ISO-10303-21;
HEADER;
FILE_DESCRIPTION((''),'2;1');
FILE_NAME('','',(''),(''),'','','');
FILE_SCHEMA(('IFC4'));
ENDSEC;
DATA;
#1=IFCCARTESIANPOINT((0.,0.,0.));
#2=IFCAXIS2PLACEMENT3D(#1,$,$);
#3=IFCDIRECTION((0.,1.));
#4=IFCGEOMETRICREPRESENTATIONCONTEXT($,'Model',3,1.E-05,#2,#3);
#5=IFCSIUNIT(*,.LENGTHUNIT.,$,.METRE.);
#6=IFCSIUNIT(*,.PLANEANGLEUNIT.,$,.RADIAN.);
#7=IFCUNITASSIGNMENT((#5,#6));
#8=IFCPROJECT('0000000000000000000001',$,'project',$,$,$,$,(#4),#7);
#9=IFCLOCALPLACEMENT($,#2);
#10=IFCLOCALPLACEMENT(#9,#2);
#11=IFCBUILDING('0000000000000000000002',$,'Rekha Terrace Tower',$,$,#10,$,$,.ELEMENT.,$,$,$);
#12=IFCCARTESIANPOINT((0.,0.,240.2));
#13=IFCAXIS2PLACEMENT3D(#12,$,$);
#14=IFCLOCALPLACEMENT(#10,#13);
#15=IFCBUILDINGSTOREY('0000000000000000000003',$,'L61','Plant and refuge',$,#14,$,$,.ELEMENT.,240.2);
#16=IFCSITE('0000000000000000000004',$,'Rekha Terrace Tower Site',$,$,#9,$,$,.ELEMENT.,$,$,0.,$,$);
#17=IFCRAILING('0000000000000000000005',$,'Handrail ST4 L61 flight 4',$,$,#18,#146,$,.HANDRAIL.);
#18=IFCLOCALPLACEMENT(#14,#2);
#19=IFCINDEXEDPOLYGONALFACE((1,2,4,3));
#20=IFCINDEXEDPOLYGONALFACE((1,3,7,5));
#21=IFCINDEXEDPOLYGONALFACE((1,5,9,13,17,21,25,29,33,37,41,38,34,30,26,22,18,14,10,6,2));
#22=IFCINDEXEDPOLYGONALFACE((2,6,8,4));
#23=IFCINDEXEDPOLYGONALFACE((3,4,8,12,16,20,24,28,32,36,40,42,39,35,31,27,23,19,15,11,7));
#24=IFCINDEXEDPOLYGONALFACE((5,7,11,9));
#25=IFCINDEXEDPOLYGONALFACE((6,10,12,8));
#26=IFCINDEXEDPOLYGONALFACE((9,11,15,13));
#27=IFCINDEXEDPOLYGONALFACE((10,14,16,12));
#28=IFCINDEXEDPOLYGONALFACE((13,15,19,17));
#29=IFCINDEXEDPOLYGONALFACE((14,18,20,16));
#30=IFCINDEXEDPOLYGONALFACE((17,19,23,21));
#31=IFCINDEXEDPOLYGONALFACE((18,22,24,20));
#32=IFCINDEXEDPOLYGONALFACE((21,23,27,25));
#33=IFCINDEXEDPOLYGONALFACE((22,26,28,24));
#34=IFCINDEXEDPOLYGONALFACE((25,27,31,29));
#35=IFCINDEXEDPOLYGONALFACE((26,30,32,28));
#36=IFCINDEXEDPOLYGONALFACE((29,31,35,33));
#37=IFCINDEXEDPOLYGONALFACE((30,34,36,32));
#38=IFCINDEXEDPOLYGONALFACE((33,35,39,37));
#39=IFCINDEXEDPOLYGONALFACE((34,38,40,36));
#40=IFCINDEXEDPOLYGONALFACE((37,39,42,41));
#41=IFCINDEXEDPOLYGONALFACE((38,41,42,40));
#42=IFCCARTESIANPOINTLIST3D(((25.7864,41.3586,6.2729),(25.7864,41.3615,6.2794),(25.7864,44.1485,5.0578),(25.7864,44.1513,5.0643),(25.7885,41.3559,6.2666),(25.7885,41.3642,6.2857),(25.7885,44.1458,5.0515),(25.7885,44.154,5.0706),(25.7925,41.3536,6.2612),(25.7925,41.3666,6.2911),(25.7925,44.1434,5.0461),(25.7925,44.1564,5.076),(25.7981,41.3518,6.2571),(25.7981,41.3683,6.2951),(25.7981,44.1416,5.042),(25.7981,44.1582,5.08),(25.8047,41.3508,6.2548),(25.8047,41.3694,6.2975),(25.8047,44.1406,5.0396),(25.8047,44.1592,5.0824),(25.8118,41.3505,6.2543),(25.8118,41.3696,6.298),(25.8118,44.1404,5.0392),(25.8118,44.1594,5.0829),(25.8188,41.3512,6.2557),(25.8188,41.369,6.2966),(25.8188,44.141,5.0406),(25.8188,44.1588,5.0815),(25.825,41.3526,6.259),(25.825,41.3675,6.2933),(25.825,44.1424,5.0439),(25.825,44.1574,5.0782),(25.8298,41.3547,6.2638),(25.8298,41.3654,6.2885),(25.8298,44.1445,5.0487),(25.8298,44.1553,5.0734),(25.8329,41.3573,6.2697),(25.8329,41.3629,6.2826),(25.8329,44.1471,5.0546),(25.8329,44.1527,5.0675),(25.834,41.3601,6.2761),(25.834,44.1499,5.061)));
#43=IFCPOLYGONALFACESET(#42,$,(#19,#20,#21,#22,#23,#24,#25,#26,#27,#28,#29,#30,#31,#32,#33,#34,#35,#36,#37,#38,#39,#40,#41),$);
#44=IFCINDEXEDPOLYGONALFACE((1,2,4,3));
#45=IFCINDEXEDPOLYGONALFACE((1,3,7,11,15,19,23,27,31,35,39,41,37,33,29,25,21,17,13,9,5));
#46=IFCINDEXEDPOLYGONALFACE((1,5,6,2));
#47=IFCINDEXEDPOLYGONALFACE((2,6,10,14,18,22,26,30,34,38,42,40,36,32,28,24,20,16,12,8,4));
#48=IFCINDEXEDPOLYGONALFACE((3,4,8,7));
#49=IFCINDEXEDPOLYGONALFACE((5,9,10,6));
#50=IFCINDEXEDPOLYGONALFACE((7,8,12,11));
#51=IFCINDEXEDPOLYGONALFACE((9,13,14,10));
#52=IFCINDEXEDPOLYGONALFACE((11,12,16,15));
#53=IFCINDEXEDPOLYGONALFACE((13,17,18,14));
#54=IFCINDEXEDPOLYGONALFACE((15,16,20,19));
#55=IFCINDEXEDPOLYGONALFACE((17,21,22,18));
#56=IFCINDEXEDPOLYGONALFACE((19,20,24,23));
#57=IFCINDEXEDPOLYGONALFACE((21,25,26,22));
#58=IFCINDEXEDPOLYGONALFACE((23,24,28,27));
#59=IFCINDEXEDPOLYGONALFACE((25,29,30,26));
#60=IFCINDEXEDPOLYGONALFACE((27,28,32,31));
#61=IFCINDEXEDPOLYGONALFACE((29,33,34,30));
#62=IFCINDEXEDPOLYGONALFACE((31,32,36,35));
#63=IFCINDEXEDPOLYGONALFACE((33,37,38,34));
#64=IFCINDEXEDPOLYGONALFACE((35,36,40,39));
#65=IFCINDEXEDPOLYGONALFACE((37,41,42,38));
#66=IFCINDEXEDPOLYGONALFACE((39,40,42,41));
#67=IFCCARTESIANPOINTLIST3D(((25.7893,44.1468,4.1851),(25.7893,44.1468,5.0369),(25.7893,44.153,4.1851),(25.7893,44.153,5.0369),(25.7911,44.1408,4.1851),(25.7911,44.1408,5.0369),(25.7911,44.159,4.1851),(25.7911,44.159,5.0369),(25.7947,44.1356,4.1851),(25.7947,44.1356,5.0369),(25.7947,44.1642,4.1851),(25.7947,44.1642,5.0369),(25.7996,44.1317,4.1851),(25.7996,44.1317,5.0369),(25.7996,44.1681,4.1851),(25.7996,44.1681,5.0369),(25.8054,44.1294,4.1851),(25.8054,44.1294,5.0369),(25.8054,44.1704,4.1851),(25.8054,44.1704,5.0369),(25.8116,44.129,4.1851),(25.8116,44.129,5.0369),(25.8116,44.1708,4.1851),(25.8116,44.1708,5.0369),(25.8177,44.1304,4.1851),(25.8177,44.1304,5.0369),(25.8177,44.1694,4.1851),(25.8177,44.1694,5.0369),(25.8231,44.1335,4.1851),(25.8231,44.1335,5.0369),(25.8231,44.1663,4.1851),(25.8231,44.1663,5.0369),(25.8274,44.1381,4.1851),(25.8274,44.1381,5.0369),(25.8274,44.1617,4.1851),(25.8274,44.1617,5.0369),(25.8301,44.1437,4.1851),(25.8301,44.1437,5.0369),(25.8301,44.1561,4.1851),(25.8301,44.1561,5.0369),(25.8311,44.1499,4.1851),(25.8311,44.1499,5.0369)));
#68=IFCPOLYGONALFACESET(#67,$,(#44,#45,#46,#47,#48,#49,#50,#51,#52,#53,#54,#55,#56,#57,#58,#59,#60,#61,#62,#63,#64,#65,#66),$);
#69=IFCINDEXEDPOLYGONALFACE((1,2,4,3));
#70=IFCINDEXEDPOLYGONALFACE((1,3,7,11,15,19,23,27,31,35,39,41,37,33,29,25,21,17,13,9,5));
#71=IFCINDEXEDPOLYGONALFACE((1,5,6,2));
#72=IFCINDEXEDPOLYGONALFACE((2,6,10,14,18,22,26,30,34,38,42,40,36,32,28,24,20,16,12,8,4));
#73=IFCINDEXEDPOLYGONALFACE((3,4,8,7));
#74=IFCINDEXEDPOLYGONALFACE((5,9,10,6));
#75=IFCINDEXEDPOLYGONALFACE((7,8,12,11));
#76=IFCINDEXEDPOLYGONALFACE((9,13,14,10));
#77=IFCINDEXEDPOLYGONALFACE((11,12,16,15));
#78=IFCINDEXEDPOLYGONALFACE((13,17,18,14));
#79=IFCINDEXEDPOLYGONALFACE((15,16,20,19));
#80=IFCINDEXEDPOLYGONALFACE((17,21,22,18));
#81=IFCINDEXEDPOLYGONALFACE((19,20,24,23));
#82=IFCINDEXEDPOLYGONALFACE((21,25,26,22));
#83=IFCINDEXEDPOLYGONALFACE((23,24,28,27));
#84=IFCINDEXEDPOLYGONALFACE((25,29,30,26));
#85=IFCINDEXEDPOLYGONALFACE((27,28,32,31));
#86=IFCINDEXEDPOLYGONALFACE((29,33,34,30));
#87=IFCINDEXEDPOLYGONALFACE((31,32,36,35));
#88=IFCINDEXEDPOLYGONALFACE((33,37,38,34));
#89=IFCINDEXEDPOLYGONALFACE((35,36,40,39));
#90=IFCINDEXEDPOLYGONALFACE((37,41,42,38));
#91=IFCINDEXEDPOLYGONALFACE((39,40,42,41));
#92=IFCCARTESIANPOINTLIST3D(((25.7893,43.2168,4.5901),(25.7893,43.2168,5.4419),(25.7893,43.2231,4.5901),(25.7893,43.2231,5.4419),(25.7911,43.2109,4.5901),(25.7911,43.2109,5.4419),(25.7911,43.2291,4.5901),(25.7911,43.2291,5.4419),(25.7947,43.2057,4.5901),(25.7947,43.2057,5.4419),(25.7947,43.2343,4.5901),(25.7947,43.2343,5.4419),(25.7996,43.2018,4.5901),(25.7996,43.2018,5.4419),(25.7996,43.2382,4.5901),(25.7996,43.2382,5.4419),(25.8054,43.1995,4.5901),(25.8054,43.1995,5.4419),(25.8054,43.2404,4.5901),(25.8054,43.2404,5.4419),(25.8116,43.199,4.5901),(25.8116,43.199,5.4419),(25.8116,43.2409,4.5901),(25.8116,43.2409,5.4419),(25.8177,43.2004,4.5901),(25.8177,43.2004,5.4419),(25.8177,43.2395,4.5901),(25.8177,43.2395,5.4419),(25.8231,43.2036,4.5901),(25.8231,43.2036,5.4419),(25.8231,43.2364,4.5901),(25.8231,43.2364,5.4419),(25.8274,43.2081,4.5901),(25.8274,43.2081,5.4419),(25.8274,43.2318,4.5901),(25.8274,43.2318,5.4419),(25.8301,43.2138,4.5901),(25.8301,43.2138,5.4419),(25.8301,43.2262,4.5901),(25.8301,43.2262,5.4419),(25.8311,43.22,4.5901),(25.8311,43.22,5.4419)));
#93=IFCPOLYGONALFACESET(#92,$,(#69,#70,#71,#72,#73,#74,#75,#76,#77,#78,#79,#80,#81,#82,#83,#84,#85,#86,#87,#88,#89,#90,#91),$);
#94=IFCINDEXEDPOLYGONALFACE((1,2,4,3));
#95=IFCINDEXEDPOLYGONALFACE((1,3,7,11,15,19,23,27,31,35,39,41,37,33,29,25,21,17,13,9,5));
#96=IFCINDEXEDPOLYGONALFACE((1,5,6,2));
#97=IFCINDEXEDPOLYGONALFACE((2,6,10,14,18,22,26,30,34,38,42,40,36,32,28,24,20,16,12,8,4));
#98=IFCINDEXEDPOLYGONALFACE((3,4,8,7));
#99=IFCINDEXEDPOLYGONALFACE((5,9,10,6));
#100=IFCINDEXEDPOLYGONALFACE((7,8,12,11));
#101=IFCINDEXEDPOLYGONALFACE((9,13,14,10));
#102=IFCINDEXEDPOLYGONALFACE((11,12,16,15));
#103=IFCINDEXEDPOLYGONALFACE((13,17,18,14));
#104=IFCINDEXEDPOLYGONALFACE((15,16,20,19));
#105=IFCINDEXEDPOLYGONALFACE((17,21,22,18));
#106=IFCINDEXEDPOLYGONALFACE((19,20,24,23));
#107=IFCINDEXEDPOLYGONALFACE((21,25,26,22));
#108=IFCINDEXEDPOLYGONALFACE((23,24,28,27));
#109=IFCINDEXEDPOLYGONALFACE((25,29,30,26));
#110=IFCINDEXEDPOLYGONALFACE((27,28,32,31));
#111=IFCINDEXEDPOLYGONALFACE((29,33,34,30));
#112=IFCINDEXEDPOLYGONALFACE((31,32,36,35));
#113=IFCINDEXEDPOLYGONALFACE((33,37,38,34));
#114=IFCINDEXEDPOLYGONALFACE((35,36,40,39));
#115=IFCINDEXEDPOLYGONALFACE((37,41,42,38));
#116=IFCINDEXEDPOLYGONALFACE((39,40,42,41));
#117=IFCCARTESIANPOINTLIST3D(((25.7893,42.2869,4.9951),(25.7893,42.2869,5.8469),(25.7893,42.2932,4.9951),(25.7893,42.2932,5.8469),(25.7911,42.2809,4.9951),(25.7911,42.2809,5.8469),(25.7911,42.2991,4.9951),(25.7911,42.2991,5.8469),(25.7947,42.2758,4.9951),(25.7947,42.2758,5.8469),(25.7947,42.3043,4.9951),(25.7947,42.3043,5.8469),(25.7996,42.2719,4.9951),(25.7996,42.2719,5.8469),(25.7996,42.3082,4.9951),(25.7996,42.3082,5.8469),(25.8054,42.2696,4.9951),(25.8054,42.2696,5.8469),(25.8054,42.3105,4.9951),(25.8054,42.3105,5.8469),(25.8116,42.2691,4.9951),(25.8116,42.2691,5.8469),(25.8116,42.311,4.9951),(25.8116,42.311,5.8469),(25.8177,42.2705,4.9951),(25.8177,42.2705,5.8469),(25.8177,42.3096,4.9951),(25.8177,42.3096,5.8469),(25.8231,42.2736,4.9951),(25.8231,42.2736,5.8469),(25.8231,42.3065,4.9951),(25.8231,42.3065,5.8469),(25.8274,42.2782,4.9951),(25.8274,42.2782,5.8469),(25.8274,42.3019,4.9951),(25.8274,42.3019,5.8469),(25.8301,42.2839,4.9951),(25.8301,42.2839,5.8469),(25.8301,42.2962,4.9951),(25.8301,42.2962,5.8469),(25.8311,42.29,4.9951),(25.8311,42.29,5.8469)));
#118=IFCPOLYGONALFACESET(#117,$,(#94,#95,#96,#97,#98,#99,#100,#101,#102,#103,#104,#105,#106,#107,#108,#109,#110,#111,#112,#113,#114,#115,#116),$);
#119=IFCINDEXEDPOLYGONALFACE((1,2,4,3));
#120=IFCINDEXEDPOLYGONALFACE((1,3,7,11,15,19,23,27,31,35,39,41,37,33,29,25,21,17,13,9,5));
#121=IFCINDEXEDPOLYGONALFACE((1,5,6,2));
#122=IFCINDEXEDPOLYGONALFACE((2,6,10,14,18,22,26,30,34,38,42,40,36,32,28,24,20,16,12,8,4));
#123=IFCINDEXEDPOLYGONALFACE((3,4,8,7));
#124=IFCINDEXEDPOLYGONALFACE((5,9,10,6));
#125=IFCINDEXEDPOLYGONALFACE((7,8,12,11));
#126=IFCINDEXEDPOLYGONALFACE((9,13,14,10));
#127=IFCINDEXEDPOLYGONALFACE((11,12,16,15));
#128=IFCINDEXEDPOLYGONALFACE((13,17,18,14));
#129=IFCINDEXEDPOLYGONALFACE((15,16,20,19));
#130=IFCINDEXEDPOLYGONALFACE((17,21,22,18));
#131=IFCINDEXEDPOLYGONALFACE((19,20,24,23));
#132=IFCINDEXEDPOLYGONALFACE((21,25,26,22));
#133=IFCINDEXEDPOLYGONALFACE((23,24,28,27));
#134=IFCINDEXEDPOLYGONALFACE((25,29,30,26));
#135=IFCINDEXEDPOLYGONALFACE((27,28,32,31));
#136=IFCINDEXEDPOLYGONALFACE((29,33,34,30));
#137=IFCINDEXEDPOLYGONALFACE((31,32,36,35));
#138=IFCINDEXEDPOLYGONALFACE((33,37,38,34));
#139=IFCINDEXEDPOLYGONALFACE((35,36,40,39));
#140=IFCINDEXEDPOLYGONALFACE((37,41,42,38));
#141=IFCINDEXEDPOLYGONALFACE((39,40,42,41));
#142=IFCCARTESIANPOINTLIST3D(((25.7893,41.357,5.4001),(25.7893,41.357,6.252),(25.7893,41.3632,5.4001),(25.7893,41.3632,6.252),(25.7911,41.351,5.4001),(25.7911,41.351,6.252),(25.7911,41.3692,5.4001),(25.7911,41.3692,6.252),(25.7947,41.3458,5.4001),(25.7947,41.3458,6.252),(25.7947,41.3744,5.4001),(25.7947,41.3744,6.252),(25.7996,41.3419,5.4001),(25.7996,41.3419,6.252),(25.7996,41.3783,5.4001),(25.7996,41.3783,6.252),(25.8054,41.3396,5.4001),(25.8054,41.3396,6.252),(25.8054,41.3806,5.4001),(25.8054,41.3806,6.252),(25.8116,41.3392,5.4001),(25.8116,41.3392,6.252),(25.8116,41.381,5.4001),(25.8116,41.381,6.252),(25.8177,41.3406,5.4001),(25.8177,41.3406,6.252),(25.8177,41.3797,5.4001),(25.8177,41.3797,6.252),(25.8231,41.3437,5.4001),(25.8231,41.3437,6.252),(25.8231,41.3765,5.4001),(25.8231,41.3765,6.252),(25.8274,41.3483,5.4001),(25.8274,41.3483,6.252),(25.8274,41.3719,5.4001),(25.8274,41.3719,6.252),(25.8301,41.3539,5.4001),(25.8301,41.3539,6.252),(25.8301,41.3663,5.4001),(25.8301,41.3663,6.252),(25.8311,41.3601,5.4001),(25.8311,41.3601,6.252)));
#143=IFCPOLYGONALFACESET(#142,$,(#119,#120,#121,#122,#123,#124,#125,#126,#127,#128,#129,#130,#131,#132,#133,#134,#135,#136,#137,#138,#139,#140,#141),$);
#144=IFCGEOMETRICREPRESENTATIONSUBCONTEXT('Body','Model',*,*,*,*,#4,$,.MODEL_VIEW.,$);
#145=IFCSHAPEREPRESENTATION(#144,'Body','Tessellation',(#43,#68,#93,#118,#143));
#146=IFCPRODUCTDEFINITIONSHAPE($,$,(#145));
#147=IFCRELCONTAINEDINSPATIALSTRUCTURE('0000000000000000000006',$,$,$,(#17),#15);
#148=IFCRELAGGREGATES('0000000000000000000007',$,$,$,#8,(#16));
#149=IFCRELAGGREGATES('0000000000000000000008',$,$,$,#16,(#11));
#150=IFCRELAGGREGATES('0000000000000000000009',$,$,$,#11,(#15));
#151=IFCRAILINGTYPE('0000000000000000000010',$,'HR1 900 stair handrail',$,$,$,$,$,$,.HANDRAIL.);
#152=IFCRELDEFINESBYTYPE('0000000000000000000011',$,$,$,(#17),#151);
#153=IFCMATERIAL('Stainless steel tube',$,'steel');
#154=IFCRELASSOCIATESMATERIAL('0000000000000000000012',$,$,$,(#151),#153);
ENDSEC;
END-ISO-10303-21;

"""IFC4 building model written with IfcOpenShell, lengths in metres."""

from ifc_helpers import new_model, si_unit, direction, frame, origin, origin_2d, place, context, subcontext, project, spatial, circle, extrude, material, type_object, element, save


model = new_model("IFC4")

# Units and contexts
model_context = context("Model", 3, precision=1e-05, world=origin(), true_north=direction((0.0, 1.0)))
body_context = subcontext(model_context, "Body", "Model", "MODEL_VIEW")
ifc_project = project(units=[si_unit("LENGTHUNIT", "METRE"), si_unit("PLANEANGLEUNIT", "RADIAN")], contexts=[model_context])

# Site, building, storey
site_placement = place(None, origin())
site = spatial("IfcSite", under=ifc_project, at=site_placement, Name="Rekha Terrace Tower Site", CompositionType="ELEMENT", RefElevation=0.0)
building_placement = place(site_placement, origin())
building = spatial("IfcBuilding", under=site, at=building_placement, Name="Rekha Terrace Tower", CompositionType="ELEMENT")
storey_placement = place(building_placement, frame((0.0, 0.0, 240.2)))
storey = spatial("IfcBuildingStorey", under=building, at=storey_placement, Name="L61", Description="Plant and refuge", CompositionType="ELEMENT", Elevation=240.2)

# Railing
ifc_material_1 = material(Name="Stainless steel tube", Category="steel")
railing_type_1 = type_object("IfcRailingType", Name="HR1 900 stair handrail", PredefinedType="HANDRAIL", material=ifc_material_1)
railing_1_placement = place(storey_placement, frame((25.8101, 44.1499, 4.1851)))
element("IfcRailing", 1, at=railing_1_placement, inside=storey, type_object=railing_type_1, Name="Handrail ST4 L61 flight 4", PredefinedType="HANDRAIL", context=body_context, shape_type="SweptSolid", body=[
    extrude(circle(Radius=0.0239, at=origin_2d()), frame((0.0, 0.0, 0.876), z_axis=(0.0, -0.916813, 0.399316), x_axis=(1.0, 0.0, 0.0)), (0.0, 0.0, 1.0), 3.043),
    extrude(circle(Radius=0.021, at=origin_2d()), origin(), (0.0, 0.0, 1.0), 0.8518),
    extrude(circle(Radius=0.021, at=origin_2d()), frame((0.0, -0.9299, 0.405)), (0.0, 0.0, 1.0), 0.8518),
    extrude(circle(Radius=0.021, at=origin_2d()), frame((0.0, -1.8599, 0.8101)), (0.0, 0.0, 1.0), 0.8518),
    extrude(circle(Radius=0.021, at=origin_2d()), frame((0.0, -2.7898, 1.2151)), (0.0, 0.0, 1.0), 0.8518),
])

save(model, "model.ifc")
